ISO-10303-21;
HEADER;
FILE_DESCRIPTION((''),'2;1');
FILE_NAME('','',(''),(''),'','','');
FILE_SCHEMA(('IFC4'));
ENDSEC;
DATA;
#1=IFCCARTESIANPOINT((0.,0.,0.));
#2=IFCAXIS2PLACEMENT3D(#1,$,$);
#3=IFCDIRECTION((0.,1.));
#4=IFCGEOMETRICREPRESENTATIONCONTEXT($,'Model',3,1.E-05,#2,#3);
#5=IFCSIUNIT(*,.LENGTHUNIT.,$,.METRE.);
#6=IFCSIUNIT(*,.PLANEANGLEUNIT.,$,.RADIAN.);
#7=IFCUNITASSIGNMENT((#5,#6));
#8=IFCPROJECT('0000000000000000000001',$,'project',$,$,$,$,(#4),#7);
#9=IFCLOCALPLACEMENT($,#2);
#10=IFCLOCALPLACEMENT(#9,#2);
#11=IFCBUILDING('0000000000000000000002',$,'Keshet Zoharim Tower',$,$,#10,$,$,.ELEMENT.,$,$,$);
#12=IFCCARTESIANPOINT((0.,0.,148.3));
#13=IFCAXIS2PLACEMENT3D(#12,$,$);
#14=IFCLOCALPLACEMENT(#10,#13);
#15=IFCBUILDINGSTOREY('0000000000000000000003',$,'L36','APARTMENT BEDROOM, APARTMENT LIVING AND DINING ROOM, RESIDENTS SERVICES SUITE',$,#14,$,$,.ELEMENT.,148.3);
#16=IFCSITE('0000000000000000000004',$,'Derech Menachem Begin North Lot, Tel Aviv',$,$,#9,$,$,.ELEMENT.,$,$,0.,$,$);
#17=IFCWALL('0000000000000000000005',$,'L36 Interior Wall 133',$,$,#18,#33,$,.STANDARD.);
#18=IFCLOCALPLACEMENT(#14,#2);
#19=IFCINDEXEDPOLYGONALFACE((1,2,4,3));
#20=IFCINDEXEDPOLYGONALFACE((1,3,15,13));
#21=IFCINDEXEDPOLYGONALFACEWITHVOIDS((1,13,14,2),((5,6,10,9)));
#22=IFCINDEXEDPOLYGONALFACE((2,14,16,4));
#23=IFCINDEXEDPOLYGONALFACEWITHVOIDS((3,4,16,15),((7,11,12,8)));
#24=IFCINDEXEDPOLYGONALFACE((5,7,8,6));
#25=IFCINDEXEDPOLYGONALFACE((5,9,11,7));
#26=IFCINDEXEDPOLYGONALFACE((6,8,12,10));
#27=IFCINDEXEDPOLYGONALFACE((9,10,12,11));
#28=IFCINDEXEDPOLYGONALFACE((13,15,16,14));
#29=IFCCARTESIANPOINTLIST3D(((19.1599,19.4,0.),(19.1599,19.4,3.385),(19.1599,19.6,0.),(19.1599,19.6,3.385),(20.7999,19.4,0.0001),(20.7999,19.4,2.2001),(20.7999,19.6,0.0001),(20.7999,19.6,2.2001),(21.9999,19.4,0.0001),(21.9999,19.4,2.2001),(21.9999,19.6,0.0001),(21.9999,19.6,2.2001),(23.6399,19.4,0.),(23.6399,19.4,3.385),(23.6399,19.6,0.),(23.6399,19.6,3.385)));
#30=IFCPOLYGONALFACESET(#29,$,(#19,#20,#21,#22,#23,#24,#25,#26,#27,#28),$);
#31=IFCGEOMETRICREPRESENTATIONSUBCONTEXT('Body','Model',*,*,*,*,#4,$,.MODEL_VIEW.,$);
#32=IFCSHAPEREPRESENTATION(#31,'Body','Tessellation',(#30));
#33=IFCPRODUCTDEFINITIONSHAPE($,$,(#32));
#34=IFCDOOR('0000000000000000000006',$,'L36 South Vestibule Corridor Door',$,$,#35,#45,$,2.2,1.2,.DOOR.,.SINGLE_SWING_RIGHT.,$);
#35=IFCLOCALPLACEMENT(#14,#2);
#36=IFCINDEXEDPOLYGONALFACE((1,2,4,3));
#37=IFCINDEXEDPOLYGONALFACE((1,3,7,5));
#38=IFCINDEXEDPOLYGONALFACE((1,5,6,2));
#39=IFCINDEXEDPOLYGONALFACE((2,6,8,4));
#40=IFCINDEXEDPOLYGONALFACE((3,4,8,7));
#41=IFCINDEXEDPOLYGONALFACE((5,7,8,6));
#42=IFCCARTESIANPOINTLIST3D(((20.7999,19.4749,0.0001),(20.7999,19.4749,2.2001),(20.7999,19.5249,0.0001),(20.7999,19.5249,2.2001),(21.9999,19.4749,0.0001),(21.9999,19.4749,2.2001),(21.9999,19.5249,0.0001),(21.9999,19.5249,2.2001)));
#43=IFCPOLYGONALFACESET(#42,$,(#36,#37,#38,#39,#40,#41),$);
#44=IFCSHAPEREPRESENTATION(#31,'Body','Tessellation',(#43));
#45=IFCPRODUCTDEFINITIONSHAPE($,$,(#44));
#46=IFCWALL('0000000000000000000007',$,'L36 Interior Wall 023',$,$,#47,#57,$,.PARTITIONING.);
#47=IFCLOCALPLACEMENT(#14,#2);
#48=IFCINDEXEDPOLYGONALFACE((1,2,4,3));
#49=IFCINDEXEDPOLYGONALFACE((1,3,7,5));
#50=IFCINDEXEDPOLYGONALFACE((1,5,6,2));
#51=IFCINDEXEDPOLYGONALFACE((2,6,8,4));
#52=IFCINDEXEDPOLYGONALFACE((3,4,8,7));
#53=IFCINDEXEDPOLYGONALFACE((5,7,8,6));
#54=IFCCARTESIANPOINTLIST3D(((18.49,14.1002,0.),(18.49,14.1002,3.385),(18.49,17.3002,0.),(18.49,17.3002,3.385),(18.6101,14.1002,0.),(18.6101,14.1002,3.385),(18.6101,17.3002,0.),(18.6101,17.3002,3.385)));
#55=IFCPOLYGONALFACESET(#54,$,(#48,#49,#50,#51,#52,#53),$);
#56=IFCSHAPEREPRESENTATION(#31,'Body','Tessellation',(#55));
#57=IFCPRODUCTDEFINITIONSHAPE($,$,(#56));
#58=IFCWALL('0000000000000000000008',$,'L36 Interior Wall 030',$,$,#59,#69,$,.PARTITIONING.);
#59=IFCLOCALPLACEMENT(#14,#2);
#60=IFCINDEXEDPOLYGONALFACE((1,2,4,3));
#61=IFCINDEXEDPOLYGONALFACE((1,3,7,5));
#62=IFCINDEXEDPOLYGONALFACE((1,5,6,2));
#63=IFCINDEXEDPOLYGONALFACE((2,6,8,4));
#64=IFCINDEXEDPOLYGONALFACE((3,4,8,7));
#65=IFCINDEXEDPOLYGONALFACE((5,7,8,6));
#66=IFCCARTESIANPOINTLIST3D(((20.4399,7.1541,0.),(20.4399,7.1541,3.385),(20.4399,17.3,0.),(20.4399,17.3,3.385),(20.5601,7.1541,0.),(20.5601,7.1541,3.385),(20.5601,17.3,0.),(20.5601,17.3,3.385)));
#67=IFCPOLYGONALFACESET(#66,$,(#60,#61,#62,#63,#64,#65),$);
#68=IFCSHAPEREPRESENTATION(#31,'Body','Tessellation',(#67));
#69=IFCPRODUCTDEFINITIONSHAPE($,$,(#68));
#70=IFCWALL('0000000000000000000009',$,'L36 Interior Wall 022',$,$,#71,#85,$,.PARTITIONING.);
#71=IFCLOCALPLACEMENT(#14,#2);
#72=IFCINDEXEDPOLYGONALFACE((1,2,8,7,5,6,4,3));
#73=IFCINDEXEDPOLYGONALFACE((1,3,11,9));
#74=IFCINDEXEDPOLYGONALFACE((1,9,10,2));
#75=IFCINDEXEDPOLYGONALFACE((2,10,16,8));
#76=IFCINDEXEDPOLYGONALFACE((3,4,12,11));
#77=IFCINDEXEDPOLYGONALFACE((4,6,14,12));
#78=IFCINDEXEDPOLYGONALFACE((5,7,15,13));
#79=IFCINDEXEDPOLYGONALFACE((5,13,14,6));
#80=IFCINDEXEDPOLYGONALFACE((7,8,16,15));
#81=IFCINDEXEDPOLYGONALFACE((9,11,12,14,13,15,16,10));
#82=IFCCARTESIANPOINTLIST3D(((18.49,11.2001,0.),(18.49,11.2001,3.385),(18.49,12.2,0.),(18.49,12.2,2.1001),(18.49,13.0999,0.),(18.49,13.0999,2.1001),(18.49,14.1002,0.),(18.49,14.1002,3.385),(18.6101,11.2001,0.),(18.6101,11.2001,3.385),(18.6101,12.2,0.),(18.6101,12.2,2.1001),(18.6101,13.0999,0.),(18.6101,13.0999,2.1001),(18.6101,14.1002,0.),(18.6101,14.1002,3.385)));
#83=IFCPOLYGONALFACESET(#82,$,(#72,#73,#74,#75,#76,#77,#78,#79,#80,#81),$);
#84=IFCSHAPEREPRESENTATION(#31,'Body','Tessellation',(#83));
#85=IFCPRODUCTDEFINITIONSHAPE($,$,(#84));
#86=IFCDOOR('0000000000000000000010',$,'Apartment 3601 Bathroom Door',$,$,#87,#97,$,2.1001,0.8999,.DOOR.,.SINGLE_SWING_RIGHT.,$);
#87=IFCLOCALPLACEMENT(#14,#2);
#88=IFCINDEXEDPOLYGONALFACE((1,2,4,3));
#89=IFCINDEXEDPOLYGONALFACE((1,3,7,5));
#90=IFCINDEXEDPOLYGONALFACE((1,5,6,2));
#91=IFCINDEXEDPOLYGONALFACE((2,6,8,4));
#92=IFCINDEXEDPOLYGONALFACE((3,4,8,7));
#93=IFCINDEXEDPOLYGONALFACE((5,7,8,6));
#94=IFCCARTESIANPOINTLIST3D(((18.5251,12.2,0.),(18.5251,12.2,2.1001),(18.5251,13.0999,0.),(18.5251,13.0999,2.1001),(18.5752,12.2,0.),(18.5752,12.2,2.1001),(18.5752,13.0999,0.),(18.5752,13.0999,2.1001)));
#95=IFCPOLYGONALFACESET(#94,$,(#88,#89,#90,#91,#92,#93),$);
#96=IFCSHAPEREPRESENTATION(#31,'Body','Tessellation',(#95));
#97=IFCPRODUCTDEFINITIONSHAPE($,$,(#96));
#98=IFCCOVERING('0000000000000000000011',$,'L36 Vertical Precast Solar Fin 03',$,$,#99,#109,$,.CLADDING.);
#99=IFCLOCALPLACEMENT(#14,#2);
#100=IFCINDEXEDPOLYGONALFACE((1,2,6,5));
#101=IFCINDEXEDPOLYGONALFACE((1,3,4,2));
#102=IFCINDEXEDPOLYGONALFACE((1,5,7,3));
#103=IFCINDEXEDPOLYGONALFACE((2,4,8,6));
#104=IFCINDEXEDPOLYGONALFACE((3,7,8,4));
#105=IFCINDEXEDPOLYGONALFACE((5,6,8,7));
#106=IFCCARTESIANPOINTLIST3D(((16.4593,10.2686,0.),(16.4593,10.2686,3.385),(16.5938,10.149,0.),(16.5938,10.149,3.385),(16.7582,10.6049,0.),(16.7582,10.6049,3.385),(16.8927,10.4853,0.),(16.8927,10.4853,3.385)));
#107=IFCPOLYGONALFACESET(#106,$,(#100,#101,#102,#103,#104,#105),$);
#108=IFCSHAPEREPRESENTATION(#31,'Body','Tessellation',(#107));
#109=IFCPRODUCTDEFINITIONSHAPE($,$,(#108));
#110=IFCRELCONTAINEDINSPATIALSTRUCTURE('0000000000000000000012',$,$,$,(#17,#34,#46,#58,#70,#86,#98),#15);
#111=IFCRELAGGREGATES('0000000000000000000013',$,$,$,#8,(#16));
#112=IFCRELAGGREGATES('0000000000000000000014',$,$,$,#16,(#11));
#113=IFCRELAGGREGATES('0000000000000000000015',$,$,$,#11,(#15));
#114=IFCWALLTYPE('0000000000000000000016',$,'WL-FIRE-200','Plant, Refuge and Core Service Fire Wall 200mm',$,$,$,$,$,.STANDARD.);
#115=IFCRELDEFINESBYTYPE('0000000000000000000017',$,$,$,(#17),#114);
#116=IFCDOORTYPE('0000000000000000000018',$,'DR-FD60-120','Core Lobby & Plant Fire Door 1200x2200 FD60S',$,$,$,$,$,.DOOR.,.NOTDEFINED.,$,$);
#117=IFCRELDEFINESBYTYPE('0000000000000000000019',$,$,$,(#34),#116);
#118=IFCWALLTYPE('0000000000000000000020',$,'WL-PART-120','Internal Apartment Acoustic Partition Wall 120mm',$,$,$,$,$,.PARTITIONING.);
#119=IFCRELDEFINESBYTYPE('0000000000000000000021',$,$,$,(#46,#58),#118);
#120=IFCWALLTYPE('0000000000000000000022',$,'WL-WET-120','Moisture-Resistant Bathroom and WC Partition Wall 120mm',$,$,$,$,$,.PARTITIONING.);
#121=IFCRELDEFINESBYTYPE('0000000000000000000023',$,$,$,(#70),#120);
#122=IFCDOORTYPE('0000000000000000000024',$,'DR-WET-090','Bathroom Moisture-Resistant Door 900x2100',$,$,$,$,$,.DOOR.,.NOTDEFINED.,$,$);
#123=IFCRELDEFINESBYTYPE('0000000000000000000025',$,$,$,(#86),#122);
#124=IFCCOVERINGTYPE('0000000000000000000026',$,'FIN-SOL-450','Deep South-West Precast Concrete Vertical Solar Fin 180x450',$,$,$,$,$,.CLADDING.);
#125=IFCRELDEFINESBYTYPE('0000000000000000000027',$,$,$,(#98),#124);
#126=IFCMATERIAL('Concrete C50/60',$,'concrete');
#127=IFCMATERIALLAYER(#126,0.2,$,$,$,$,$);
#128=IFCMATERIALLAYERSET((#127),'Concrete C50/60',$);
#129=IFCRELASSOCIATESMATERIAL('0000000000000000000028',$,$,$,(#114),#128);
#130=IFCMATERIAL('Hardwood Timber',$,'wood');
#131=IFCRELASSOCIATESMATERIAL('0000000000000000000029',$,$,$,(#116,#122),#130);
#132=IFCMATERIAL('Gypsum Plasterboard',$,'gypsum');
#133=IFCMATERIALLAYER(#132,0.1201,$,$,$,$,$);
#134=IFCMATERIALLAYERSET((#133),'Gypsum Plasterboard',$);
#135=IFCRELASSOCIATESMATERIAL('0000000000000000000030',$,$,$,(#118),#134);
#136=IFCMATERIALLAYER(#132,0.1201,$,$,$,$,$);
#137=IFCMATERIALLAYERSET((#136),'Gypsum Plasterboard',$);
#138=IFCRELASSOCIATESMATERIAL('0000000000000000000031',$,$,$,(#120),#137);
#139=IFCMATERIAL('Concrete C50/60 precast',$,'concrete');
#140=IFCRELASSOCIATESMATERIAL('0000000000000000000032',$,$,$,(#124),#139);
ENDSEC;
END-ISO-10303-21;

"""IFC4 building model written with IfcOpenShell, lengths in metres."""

from ifc_helpers import new_model, si_unit, direction, frame, frame_2d, origin, origin_2d, place, context, subcontext, project, spatial, rectangle, extrude, material, layer, layer_set, type_object, element, fill, save


model = new_model("IFC4")

# Units and contexts
model_context = context("Model", 3, precision=1e-05, world=origin(), true_north=direction((0.0, 1.0)))
body_context = subcontext(model_context, "Body", "Model", "MODEL_VIEW")
ifc_project = project(units=[si_unit("LENGTHUNIT", "METRE"), si_unit("PLANEANGLEUNIT", "RADIAN")], contexts=[model_context])

# Site, building, storey
site_placement = place(None, origin())
site = spatial("IfcSite", under=ifc_project, at=site_placement, Name="Derech Menachem Begin North Lot, Tel Aviv", CompositionType="ELEMENT", RefElevation=0.0)
building_placement = place(site_placement, origin())
building = spatial("IfcBuilding", under=site, at=building_placement, Name="Keshet Zoharim Tower", CompositionType="ELEMENT")
storey_placement = place(building_placement, frame((0.0, 0.0, 148.3)))
storey = spatial("IfcBuildingStorey", under=building, at=storey_placement, Name="L36", Description="APARTMENT BEDROOM, APARTMENT LIVING AND DINING ROOM, RESIDENTS SERVICES SUITE", CompositionType="ELEMENT", Elevation=148.3)

# Shared definitions
ifc_material_1 = material(Name="Gypsum Plasterboard", Category="gypsum")
ifc_material_2 = material(Name="Hardwood Timber", Category="wood")

# Wall, opening, door
ifc_material_3 = material(Name="Concrete C50/60", Category="concrete")
ifc_layer_1 = layer(ifc_material_3, 0.2)
ifc_layer_set_1 = layer_set([ifc_layer_1], Name="Concrete C50/60")
wall_type_1 = type_object("IfcWallType", Name="WL-FIRE-200", Description="Plant, Refuge and Core Service Fire Wall 200mm", PredefinedType="STANDARD", material=ifc_layer_set_1)
wall_1_placement = place(storey_placement, frame((19.1599, 19.5, 0.0), z_axis=(0.0, 0.0, 1.0), x_axis=(1.0, 0.0, 0.0)))
wall_1 = element("IfcWall", 1, at=wall_1_placement, inside=storey, type_object=wall_type_1, Name="L36 Interior Wall 133", PredefinedType="STANDARD", context=body_context, shape_type="SweptSolid", body=[
    extrude(rectangle(XDim=4.48, YDim=0.2, at=frame_2d((2.24, 0.0))), origin(), (0.0, 0.0, 1.0), 3.385),
])
opening_1_placement = place(wall_1_placement, frame((1.6399, 0.0, 0.0)))
opening_1 = element("IfcOpeningElement", 2, at=opening_1_placement, cuts=wall_1, PredefinedType="OPENING", context=body_context, shape_type="SweptSolid", body=[
    extrude(rectangle(XDim=1.2, YDim=2.2, at=frame_2d((0.6001, 1.1001))), frame((0.0, 0.1099, 0.0), z_axis=(0.0, -1.0, 0.0), x_axis=(1.0, 0.0, 0.0)), (0.0, 0.0, 1.0), 0.22),
])
door_type_1 = type_object("IfcDoorType", Name="DR-FD60-120", Description="Core Lobby & Plant Fire Door 1200x2200 FD60S", OperationType="NOTDEFINED", PredefinedType="DOOR", material=ifc_material_2)
door_1_placement = place(opening_1_placement, origin())
door_1 = element("IfcDoor", 3, at=door_1_placement, inside=storey, type_object=door_type_1, Name="L36 South Vestibule Corridor Door", OperationType="SINGLE_SWING_RIGHT", OverallHeight=2.2, OverallWidth=1.2, PredefinedType="DOOR", context=body_context, shape_type="SweptSolid", body=[
    extrude(rectangle(XDim=1.2, YDim=2.2, at=frame_2d((0.6001, 1.1001))), frame((0.0, 0.0249, 0.0), z_axis=(0.0, -1.0, 0.0), x_axis=(1.0, 0.0, 0.0)), (0.0, 0.0, 1.0), 0.05),
])
fill(opening_1, door_1)

# Walls
ifc_layer_2 = layer(ifc_material_1, 0.1201)
ifc_layer_set_2 = layer_set([ifc_layer_2], Name="Gypsum Plasterboard")
wall_type_2 = type_object("IfcWallType", Name="WL-PART-120", Description="Internal Apartment Acoustic Partition Wall 120mm", PredefinedType="PARTITIONING", material=ifc_layer_set_2)
wall_2_placement = place(storey_placement, frame((18.55, 14.1001, 0.0), z_axis=(0.0, 0.0, 1.0), x_axis=(0.0, 1.0, 0.0)))
element("IfcWall", 4, at=wall_2_placement, inside=storey, type_object=wall_type_2, Name="L36 Interior Wall 023", PredefinedType="PARTITIONING", context=body_context, shape_type="SweptSolid", body=[
    extrude(rectangle(XDim=3.2, YDim=0.1201, at=frame_2d((1.6001, 0.0))), origin(), (0.0, 0.0, 1.0), 3.385),
])
wall_3_placement = place(storey_placement, frame((20.5, 7.1541, 0.0), z_axis=(0.0, 0.0, 1.0), x_axis=(0.0, 1.0, 0.0)))
element("IfcWall", 5, at=wall_3_placement, inside=storey, type_object=wall_type_2, Name="L36 Interior Wall 030", PredefinedType="PARTITIONING", context=body_context, shape_type="SweptSolid", body=[
    extrude(rectangle(XDim=10.146, YDim=0.1201, at=frame_2d((5.073, 0.0))), origin(), (0.0, 0.0, 1.0), 3.385),
])

# Wall, opening, door
ifc_layer_3 = layer(ifc_material_1, 0.1201)
ifc_layer_set_3 = layer_set([ifc_layer_3], Name="Gypsum Plasterboard")
wall_type_3 = type_object("IfcWallType", Name="WL-WET-120", Description="Moisture-Resistant Bathroom and WC Partition Wall 120mm", PredefinedType="PARTITIONING", material=ifc_layer_set_3)
wall_4_placement = place(storey_placement, frame((18.55, 11.2, 0.0), z_axis=(0.0, 0.0, 1.0), x_axis=(0.0, 1.0, 0.0)))
wall_4 = element("IfcWall", 6, at=wall_4_placement, inside=storey, type_object=wall_type_3, Name="L36 Interior Wall 022", PredefinedType="PARTITIONING", context=body_context, shape_type="SweptSolid", body=[
    extrude(rectangle(XDim=2.9001, YDim=0.1201, at=frame_2d((1.4502, 0.0))), origin(), (0.0, 0.0, 1.0), 3.385),
])
opening_2_placement = place(wall_4_placement, frame((1.0, 0.0, 0.0)))
opening_2 = element("IfcOpeningElement", 7, at=opening_2_placement, cuts=wall_4, PredefinedType="OPENING", context=body_context, shape_type="SweptSolid", body=[
    extrude(rectangle(XDim=0.8999, YDim=2.1001, at=frame_2d((0.45, 1.05))), frame((0.0, 0.0701, 0.0), z_axis=(0.0, -1.0, 0.0), x_axis=(1.0, 0.0, 0.0)), (0.0, 0.0, 1.0), 0.1401),
])
door_type_2 = type_object("IfcDoorType", Name="DR-WET-090", Description="Bathroom Moisture-Resistant Door 900x2100", OperationType="NOTDEFINED", PredefinedType="DOOR", material=ifc_material_2)
door_2_placement = place(opening_2_placement, origin())
door_2 = element("IfcDoor", 8, at=door_2_placement, inside=storey, type_object=door_type_2, Name="Apartment 3601 Bathroom Door", OperationType="SINGLE_SWING_RIGHT", OverallHeight=2.1001, OverallWidth=0.8999, PredefinedType="DOOR", context=body_context, shape_type="SweptSolid", body=[
    extrude(rectangle(XDim=0.8999, YDim=2.1001, at=frame_2d((0.45, 1.05))), frame((0.0, 0.0249, 0.0), z_axis=(0.0, -1.0, 0.0), x_axis=(1.0, 0.0, 0.0)), (0.0, 0.0, 1.0), 0.05),
])
fill(opening_2, door_2)

# Covering
ifc_material_4 = material(Name="Concrete C50/60 precast", Category="concrete")
covering_type = type_object("IfcCoveringType", Name="FIN-SOL-450", Description="Deep South-West Precast Concrete Vertical Solar Fin 180x450", PredefinedType="CLADDING", material=ifc_material_4)
covering_placement = place(storey_placement, frame((16.676, 10.377, 0.0), z_axis=(0.0, 0.0, 1.0), x_axis=(-0.747409, 0.664364, 0.0)))
element("IfcCovering", 9, at=covering_placement, inside=storey, type_object=covering_type, Name="L36 Vertical Precast Solar Fin 03", PredefinedType="CLADDING", context=body_context, shape_type="SweptSolid", body=[
    extrude(rectangle(XDim=0.1799, YDim=0.45, at=origin_2d()), origin(), (0.0, 0.0, 1.0), 3.385),
])

save(model, "model.ifc")
